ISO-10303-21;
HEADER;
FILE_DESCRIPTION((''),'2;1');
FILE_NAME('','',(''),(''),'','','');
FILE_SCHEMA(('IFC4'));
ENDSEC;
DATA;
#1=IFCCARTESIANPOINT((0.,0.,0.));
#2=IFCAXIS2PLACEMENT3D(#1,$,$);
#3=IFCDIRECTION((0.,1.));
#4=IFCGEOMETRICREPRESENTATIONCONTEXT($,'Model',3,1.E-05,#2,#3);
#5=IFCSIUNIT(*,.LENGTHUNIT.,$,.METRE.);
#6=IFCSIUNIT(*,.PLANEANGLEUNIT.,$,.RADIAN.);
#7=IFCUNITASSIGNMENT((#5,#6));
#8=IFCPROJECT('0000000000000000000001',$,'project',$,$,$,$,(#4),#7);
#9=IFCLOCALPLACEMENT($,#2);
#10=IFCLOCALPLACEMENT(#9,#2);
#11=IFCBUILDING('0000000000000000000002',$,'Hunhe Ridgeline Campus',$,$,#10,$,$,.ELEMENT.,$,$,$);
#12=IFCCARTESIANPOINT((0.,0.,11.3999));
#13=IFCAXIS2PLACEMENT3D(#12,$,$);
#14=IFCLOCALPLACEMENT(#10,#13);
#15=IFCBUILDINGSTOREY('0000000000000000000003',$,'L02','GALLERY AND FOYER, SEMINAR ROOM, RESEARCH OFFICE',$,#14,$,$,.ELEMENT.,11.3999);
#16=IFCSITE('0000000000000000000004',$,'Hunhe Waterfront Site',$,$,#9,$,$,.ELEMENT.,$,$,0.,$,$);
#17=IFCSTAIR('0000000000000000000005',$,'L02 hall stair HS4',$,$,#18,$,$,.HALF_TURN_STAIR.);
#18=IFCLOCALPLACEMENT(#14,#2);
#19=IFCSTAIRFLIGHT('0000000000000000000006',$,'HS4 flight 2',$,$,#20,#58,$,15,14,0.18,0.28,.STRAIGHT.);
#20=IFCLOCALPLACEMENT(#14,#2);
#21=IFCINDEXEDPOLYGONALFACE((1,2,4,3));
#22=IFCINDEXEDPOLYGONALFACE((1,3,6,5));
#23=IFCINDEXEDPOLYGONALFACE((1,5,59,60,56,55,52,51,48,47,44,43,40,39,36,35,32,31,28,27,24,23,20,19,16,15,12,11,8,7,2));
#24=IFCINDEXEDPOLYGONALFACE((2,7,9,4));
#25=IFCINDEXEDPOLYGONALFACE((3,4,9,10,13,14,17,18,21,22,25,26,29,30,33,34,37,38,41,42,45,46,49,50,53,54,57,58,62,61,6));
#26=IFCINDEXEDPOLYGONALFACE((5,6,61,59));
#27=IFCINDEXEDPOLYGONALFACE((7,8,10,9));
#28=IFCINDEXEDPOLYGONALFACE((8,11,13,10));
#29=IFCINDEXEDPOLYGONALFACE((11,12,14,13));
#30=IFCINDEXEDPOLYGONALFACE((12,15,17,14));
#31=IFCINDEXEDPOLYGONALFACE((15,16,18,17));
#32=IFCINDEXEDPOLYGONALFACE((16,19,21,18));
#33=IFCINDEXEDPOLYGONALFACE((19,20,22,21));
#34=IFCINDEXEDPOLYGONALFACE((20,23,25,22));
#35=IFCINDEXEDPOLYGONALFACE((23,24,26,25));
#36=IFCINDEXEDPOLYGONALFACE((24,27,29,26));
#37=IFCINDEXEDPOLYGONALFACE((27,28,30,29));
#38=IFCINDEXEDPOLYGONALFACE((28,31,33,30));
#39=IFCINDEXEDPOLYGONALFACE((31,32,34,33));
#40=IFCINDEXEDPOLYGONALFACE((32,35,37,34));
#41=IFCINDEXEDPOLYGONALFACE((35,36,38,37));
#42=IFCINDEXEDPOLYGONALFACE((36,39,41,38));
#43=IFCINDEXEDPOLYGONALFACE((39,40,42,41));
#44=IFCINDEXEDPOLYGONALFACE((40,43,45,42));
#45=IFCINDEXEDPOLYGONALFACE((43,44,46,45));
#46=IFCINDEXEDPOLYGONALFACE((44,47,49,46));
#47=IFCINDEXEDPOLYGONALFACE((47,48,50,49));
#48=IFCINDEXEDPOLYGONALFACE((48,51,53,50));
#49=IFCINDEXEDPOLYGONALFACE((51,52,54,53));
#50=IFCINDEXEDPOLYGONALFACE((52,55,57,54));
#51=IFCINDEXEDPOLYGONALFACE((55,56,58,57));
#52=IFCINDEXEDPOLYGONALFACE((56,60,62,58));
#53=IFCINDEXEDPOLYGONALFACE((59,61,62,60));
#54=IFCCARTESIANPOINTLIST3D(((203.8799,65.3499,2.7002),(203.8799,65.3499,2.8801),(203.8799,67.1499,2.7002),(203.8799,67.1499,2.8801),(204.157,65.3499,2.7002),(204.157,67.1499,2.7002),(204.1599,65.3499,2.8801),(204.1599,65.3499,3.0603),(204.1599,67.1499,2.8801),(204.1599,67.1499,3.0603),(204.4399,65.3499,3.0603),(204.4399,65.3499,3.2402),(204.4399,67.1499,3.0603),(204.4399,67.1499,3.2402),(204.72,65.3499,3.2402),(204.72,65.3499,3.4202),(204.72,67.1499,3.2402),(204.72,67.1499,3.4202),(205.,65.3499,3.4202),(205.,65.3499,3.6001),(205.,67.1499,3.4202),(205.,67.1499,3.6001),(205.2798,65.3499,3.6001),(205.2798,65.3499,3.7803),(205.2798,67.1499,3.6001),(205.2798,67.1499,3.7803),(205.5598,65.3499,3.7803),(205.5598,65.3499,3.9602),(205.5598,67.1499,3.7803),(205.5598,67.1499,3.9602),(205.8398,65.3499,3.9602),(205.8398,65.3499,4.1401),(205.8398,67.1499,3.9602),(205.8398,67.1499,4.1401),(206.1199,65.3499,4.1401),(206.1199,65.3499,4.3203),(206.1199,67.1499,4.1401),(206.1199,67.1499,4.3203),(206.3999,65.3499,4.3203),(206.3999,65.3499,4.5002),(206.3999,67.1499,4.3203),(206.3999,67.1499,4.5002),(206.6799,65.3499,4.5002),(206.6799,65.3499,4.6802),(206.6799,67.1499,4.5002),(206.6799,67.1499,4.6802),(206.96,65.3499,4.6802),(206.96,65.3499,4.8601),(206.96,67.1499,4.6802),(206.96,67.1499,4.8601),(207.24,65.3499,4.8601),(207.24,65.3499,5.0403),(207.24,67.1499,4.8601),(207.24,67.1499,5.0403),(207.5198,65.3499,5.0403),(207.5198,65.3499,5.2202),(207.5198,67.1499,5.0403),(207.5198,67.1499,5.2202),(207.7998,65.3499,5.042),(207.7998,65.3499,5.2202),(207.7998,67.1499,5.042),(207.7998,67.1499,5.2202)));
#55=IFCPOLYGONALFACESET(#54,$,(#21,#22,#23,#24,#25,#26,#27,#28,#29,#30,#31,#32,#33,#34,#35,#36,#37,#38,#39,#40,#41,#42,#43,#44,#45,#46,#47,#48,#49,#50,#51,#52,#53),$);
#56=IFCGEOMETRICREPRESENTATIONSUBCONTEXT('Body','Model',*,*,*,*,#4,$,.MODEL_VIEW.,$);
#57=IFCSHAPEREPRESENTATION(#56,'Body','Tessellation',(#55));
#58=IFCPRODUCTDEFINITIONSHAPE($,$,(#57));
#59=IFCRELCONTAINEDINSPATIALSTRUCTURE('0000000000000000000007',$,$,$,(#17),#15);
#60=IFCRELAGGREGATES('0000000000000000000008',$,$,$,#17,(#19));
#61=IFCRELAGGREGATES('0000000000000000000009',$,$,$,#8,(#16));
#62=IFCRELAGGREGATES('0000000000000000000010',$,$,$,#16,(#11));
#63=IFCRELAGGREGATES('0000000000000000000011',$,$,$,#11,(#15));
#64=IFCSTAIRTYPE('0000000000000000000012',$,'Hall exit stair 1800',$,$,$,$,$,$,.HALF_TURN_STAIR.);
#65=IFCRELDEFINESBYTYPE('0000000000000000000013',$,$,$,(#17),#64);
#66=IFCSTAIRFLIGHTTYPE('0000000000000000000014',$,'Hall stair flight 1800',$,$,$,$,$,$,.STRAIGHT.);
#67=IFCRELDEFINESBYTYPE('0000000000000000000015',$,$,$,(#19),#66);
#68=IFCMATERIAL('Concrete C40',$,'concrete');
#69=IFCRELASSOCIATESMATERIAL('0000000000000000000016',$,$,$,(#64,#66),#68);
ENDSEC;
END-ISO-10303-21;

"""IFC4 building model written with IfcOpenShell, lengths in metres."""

from ifc_helpers import new_model, si_unit, direction, frame, origin, place, context, subcontext, project, spatial, polyline, outline, extrude, material, type_object, element, aggregate, save


model = new_model("IFC4")

# Units and contexts
model_context = context("Model", 3, precision=1e-05, world=origin(), true_north=direction((0.0, 1.0)))
body_context = subcontext(model_context, "Body", "Model", "MODEL_VIEW")
ifc_project = project(units=[si_unit("LENGTHUNIT", "METRE"), si_unit("PLANEANGLEUNIT", "RADIAN")], contexts=[model_context])

# Site, building, storey
site_placement = place(None, origin())
site = spatial("IfcSite", under=ifc_project, at=site_placement, Name="Hunhe Waterfront Site", CompositionType="ELEMENT", RefElevation=0.0)
building_placement = place(site_placement, origin())
building = spatial("IfcBuilding", under=site, at=building_placement, Name="Hunhe Ridgeline Campus", CompositionType="ELEMENT")
storey_placement = place(building_placement, frame((0.0, 0.0, 11.3999)))
storey = spatial("IfcBuildingStorey", under=building, at=storey_placement, Name="L02", Description="GALLERY AND FOYER, SEMINAR ROOM, RESEARCH OFFICE", CompositionType="ELEMENT", Elevation=11.3999)

# Shared definitions
ifc_material_1 = material(Name="Concrete C40", Category="concrete")

# Stair, stair flight
stair_type = type_object("IfcStairType", Name="Hall exit stair 1800", PredefinedType="HALF_TURN_STAIR", material=ifc_material_1)
stair_placement = place(storey_placement, origin())
stair = element("IfcStair", 1, at=stair_placement, inside=storey, type_object=stair_type, Name="L02 hall stair HS4", PredefinedType="HALF_TURN_STAIR")
stair_flight_type = type_object("IfcStairFlightType", Name="Hall stair flight 1800", PredefinedType="STRAIGHT", material=ifc_material_1)
stair_flight_1_placement = place(storey_placement, frame((203.8799, 66.25, 2.7002), z_axis=(0.0, 0.0, 1.0), x_axis=(1.0, 0.0, 0.0)))
stair_flight_1 = element("IfcStairFlight", 2, at=stair_flight_1_placement, type_object=stair_flight_type, Name="HS4 flight 2", NumberOfRisers=15, NumberOfTreads=14, PredefinedType="STRAIGHT", RiserHeight=0.18, TreadLength=0.28, context=body_context, shape_type="SweptSolid", body=[
    extrude(outline(polyline([(0.0, 0.0), (0.0, 0.1799), (0.28, 0.1799), (0.28, 0.3601), (0.5601, 0.3601), (0.5601, 0.54), (0.8401, 0.54), (0.8401, 0.72), (1.1201, 0.72), (1.1201, 0.8999), (1.3999, 0.8999), (1.3999, 1.0801), (1.6799, 1.0801), (1.6799, 1.26), (1.96, 1.26), (1.96, 1.4399), (2.24, 1.4399), (2.24, 1.6201), (2.52, 1.6201), (2.52, 1.8), (2.8, 1.8), (2.8, 1.98), (3.0801, 1.98), (3.0801, 2.1599), (3.3601, 2.1599), (3.3601, 2.3401), (3.6399, 2.3401), (3.6399, 2.52), (3.9199, 2.52), (3.9199, 2.7), (3.9199, 2.3418), (0.2771, 0.0), (0.0, 0.0)])), frame((0.0, 0.8999, 0.0), z_axis=(0.0, -1.0, 0.0), x_axis=(1.0, 0.0, 0.0)), (0.0, 0.0, 1.0), 1.8),
])
aggregate(stair, [stair_flight_1])

save(model, "model.ifc")
